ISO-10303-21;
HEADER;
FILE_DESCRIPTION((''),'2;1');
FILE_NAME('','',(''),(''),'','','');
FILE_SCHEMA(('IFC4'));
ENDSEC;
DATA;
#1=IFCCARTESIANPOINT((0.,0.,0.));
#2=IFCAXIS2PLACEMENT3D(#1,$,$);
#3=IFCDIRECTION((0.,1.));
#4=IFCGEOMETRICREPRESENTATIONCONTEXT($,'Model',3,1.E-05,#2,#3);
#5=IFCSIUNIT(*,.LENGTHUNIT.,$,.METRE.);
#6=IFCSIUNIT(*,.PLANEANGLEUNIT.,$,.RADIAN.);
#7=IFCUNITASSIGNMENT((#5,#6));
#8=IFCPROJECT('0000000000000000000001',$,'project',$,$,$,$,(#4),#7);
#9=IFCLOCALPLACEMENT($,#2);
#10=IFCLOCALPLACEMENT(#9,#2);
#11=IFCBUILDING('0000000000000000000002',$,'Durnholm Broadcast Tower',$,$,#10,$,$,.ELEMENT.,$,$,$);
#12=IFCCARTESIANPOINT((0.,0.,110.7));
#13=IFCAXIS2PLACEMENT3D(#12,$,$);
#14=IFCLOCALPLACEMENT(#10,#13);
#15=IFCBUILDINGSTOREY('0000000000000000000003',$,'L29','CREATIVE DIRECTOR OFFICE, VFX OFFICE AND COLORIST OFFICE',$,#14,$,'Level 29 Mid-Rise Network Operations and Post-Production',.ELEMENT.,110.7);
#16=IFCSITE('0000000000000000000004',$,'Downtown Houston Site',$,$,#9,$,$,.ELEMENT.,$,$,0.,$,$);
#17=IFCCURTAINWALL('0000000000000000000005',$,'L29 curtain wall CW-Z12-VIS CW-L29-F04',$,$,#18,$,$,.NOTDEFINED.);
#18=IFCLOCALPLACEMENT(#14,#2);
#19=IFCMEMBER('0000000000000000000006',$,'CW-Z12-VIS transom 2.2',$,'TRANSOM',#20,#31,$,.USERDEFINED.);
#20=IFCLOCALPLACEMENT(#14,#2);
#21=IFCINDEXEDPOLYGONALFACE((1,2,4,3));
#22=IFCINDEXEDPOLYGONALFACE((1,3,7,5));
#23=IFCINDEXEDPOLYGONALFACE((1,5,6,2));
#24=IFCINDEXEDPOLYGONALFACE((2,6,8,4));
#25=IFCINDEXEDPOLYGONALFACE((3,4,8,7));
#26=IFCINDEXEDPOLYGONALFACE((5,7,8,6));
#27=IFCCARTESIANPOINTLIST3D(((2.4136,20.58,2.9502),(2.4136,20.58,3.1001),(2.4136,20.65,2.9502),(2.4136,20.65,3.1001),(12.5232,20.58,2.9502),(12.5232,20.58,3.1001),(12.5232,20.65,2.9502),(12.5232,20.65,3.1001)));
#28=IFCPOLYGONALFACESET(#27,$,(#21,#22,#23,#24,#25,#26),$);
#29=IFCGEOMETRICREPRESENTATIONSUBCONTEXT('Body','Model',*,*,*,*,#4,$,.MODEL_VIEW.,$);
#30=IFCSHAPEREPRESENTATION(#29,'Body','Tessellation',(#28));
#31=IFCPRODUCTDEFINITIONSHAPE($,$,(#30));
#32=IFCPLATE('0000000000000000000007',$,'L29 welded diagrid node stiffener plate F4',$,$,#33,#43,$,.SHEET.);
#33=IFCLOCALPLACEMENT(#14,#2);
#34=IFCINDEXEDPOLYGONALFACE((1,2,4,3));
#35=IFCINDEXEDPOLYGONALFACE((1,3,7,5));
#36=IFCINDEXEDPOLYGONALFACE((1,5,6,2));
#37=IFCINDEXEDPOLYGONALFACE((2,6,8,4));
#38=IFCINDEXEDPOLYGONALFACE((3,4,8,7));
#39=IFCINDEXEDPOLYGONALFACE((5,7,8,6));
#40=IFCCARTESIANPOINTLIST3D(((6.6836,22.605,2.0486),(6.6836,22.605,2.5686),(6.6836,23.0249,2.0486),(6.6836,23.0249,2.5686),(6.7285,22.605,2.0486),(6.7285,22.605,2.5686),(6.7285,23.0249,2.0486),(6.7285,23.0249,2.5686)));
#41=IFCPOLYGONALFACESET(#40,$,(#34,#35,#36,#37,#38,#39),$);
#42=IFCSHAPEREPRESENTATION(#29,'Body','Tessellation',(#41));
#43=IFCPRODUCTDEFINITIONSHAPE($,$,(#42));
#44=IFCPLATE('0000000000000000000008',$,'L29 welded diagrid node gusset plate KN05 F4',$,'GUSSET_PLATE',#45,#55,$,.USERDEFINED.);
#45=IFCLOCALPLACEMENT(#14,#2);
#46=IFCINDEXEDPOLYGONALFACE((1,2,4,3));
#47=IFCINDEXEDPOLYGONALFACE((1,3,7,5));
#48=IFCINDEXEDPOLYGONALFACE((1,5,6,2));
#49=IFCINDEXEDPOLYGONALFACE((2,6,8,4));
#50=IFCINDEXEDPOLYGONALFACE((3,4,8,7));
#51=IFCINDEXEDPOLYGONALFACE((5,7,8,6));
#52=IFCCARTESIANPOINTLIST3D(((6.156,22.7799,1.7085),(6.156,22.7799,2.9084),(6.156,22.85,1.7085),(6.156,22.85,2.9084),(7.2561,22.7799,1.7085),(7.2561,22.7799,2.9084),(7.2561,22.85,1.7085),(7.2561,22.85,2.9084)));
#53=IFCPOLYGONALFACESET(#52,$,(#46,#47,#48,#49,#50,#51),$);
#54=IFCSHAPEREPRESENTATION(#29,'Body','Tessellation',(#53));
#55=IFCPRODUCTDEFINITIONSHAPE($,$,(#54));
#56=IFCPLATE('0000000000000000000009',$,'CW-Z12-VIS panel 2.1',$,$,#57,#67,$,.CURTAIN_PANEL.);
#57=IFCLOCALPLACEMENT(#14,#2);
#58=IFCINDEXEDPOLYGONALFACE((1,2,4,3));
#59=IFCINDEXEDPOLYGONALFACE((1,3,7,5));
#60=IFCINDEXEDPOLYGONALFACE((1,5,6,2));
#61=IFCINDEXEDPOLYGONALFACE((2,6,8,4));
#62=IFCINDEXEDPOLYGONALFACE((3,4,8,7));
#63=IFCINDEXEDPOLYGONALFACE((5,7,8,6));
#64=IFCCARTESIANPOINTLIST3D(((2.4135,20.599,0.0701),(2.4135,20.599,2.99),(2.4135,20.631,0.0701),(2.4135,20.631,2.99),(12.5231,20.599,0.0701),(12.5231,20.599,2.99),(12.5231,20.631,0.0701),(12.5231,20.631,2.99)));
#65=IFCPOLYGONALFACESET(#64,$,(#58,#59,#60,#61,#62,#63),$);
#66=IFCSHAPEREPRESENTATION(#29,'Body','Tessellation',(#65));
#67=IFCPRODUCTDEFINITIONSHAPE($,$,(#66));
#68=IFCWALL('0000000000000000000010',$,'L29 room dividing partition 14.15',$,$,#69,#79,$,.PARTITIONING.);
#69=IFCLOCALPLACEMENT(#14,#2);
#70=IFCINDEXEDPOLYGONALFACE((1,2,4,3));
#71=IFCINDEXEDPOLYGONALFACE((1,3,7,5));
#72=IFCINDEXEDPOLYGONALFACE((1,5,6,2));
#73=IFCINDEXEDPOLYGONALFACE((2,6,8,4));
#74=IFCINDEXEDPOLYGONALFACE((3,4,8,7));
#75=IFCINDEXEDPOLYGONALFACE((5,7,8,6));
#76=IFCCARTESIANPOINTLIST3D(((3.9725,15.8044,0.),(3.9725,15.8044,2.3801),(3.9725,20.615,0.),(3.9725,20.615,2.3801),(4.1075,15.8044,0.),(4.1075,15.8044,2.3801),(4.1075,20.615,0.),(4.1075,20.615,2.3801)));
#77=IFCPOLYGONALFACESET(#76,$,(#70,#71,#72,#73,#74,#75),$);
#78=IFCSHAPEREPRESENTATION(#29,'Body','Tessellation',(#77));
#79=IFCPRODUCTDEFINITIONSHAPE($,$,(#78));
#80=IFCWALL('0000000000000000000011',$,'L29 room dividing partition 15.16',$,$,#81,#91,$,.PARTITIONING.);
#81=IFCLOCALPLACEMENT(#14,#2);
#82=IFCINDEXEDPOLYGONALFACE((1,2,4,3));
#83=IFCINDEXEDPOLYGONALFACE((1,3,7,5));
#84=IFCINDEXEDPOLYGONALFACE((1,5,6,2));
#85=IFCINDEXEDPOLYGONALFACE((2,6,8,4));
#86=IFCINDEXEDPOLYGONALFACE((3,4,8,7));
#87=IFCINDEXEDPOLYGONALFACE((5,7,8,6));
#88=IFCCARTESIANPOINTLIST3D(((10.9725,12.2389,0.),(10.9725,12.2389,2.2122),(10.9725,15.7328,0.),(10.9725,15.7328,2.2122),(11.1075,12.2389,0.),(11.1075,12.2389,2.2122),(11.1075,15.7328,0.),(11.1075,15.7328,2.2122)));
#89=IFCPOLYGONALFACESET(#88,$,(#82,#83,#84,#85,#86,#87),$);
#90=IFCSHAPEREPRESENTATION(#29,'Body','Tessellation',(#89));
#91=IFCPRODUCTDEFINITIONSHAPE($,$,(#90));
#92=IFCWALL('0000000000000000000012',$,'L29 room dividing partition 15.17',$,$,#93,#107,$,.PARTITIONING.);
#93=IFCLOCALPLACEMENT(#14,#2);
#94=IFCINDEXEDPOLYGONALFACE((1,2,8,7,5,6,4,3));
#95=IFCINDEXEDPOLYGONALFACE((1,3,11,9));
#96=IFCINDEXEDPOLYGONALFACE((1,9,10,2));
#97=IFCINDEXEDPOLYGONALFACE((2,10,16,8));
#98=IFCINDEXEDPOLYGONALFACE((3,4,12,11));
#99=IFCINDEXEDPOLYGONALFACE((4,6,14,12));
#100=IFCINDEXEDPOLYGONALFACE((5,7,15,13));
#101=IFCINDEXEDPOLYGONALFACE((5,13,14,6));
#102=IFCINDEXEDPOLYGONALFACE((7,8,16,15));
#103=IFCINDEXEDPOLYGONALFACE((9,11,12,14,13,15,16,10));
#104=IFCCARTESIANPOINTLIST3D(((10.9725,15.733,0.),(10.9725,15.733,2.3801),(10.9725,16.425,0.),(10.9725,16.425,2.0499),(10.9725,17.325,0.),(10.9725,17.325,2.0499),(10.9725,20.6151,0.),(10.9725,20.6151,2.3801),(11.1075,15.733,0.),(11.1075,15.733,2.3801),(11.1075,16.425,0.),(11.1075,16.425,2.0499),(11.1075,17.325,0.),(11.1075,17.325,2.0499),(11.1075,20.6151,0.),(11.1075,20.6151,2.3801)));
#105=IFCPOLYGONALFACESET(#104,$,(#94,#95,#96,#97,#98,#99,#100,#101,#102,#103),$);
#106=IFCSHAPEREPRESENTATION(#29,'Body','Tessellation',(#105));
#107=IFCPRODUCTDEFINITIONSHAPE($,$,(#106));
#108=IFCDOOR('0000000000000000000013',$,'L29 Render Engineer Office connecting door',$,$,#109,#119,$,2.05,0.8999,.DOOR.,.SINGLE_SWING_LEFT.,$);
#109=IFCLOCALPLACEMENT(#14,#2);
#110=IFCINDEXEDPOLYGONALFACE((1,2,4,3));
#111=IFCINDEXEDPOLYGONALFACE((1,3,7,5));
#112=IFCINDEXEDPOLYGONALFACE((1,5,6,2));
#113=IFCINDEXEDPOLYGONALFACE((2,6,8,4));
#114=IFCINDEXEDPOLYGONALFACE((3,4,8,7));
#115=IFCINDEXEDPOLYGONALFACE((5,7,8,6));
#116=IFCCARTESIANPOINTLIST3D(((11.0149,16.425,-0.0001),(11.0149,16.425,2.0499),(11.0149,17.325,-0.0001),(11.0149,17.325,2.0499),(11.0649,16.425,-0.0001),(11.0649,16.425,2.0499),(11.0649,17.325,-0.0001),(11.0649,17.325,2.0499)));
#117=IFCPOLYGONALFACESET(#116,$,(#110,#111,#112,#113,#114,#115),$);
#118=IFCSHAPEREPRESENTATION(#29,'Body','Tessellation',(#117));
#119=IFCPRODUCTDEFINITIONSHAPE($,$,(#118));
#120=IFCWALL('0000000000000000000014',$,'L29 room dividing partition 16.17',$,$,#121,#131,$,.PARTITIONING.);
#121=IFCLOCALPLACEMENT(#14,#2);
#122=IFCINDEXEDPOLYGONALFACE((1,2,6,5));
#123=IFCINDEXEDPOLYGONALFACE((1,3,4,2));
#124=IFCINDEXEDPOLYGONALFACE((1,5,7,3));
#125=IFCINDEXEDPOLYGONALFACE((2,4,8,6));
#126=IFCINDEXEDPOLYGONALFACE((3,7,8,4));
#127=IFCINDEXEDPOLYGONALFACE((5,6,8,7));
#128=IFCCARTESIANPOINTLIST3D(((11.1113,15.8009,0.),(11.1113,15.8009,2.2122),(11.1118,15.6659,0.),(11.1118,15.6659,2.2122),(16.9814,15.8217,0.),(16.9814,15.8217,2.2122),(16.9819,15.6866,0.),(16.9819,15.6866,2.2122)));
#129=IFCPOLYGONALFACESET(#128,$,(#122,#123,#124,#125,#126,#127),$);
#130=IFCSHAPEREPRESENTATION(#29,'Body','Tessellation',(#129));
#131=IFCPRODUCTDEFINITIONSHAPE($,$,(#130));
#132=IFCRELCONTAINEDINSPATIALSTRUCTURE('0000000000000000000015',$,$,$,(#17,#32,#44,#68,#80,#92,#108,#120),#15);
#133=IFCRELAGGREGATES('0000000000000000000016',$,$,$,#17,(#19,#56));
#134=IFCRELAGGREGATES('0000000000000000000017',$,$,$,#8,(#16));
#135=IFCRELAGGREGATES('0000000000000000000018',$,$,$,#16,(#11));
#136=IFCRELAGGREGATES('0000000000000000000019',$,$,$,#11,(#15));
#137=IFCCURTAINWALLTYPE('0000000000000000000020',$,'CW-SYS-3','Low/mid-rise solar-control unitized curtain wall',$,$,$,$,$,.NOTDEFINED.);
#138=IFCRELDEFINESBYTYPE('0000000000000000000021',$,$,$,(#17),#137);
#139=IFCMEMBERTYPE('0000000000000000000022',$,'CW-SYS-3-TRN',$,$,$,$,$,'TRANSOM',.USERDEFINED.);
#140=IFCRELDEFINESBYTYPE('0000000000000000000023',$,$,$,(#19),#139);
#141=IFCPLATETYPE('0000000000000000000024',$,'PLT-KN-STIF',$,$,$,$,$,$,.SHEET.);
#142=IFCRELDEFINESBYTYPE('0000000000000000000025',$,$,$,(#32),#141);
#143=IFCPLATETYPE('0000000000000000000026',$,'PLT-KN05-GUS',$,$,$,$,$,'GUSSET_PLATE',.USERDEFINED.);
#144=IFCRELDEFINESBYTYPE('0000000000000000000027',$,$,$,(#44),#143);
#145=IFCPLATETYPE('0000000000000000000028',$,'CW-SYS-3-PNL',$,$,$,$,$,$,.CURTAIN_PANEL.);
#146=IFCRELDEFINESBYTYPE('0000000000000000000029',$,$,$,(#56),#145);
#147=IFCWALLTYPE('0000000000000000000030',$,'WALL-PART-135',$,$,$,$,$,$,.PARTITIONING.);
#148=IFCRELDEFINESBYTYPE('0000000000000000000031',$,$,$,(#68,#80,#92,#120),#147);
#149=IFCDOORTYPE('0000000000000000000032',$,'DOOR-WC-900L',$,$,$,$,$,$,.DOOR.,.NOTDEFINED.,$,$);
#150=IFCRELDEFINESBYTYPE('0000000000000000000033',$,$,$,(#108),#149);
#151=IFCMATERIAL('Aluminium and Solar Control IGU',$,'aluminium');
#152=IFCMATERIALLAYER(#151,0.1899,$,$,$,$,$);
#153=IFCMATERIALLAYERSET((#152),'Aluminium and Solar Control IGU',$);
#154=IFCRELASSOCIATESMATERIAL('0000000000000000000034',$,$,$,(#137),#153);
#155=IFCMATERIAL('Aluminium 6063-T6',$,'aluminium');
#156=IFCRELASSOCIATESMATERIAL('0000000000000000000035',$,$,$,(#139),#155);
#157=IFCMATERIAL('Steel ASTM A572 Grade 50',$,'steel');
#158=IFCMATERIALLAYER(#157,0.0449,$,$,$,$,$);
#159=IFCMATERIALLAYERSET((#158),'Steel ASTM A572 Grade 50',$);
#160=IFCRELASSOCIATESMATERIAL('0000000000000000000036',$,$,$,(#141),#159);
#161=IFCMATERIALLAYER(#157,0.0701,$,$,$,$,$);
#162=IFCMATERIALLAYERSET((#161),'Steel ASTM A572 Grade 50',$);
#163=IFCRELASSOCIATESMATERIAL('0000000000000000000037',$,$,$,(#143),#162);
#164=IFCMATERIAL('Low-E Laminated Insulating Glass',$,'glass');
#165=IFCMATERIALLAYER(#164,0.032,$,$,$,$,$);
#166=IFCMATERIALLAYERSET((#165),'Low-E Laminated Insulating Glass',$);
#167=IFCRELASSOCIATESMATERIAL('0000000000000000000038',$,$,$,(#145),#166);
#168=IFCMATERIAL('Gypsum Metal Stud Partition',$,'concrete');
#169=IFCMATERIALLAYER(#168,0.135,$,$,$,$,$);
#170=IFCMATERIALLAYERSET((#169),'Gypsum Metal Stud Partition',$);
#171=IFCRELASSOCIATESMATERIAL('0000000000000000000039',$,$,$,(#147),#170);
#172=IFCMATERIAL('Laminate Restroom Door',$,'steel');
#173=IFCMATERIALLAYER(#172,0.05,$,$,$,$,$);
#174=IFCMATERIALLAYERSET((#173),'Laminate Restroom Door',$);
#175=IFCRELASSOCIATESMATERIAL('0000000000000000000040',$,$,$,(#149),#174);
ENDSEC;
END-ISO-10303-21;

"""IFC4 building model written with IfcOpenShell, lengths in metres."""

from ifc_helpers import new_model, si_unit, direction, frame, frame_2d, origin, origin_2d, place, context, subcontext, project, spatial, rectangle, extrude, source, transform, mapped, material, layer, layer_set, material_profile, profile_set, type_object, type_shapes, element, fill, aggregate, save


model = new_model("IFC4")

# Units and contexts
model_context = context("Model", 3, precision=1e-05, world=origin(), true_north=direction((0.0, 1.0)))
body_context = subcontext(model_context, "Body", "Model", "MODEL_VIEW")
ifc_project = project(units=[si_unit("LENGTHUNIT", "METRE"), si_unit("PLANEANGLEUNIT", "RADIAN")], contexts=[model_context])

# Site, building, storey
site_placement = place(None, origin())
site = spatial("IfcSite", under=ifc_project, at=site_placement, Name="Downtown Houston Site", CompositionType="ELEMENT", RefElevation=0.0)
building_placement = place(site_placement, origin())
building = spatial("IfcBuilding", under=site, at=building_placement, Name="Durnholm Broadcast Tower", CompositionType="ELEMENT")
storey_placement = place(building_placement, frame((0.0, 0.0, 110.7)))
storey = spatial("IfcBuildingStorey", under=building, at=storey_placement, Name="L29", Description="CREATIVE DIRECTOR OFFICE, VFX OFFICE AND COLORIST OFFICE", LongName="Level 29 Mid-Rise Network Operations and Post-Production", CompositionType="ELEMENT", Elevation=110.7)

# Shared definitions
ifc_material_1 = material(Name="Aluminium and Solar Control IGU", Category="aluminium")
ifc_material_2 = material(Name="Aluminium 6063-T6", Category="aluminium")

# Curtain wall
ifc_layer_1 = layer(ifc_material_1, 0.1899)
ifc_layer_set_1 = layer_set([ifc_layer_1], Name="Aluminium and Solar Control IGU")
curtain_wall_type_1 = type_object("IfcCurtainWallType", Name="CW-SYS-3", Description="Low/mid-rise solar-control unitized curtain wall", PredefinedType="NOTDEFINED", material=ifc_layer_set_1)
curtain_wall_1_placement = place(storey_placement, origin())
curtain_wall_1 = element("IfcCurtainWall", 1, at=curtain_wall_1_placement, inside=storey, type_object=curtain_wall_type_1, Name="L29 curtain wall CW-Z12-VIS CW-L29-F04", PredefinedType="NOTDEFINED")

# Member
ifc_material_profile_1 = material_profile(ifc_material_2, rectangle(XDim=0.0701, YDim=0.1499, at=origin_2d()), Name="CWT70X150")
ifc_profile_set_1 = profile_set([ifc_material_profile_1], Name="Aluminium 6063-T6")
member_type_1 = type_object("IfcMemberType", Name="CW-SYS-3-TRN", ElementType="TRANSOM", PredefinedType="USERDEFINED", material=ifc_profile_set_1)
shared_shape_1 = source(origin(), body_context, "Body", "SweptSolid", [
    extrude(rectangle(XDim=0.0701, YDim=0.1499, at=origin_2d()), origin(), (0.0, 0.0, 1.0), 10.1096),
])
type_shapes(member_type_1, [shared_shape_1])
member_1_placement = place(storey_placement, frame((2.4136, 20.615, 3.0251), z_axis=(1.0, 0.0, 0.0), x_axis=(0.0, 1.0, 0.0)))
member_1 = element("IfcMember", 2, at=member_1_placement, type_object=member_type_1, Name="CW-Z12-VIS transom 2.2", ObjectType="TRANSOM", PredefinedType="USERDEFINED", context=body_context, shape_type="MappedRepresentation", body=[
    mapped(shared_shape_1, transform((0.0, 0.0, 0.0), x_axis=(1.0, 0.0, 0.0), y_axis=(0.0, 1.0, 0.0), z_axis=(0.0, 0.0, 1.0), scale=1.0)),
])

# Plates
ifc_material_3 = material(Name="Steel ASTM A572 Grade 50", Category="steel")
ifc_layer_2 = layer(ifc_material_3, 0.0449)
ifc_layer_set_2 = layer_set([ifc_layer_2], Name="Steel ASTM A572 Grade 50")
plate_type_1 = type_object("IfcPlateType", Name="PLT-KN-STIF", PredefinedType="SHEET", material=ifc_layer_set_2)
shared_shape_2 = source(origin(), body_context, "Body", "SweptSolid", [
    extrude(rectangle(XDim=0.0449, YDim=0.4199, at=origin_2d()), origin(), (0.0, 0.0, 1.0), 0.52),
])
type_shapes(plate_type_1, [shared_shape_2])
plate_1_placement = place(storey_placement, frame((6.7061, 22.8149, 2.0486), z_axis=(0.0, 0.0, 1.0), x_axis=(-1.0, 0.0, 0.0)))
element("IfcPlate", 3, at=plate_1_placement, inside=storey, type_object=plate_type_1, Name="L29 welded diagrid node stiffener plate F4", PredefinedType="SHEET", context=body_context, shape_type="MappedRepresentation", body=[
    mapped(shared_shape_2, transform((0.0, 0.0, 0.0), x_axis=(1.0, 0.0, 0.0), y_axis=(0.0, 1.0, 0.0), z_axis=(0.0, 0.0, 1.0), scale=1.0)),
])
ifc_layer_3 = layer(ifc_material_3, 0.0701)
ifc_layer_set_3 = layer_set([ifc_layer_3], Name="Steel ASTM A572 Grade 50")
plate_type_2 = type_object("IfcPlateType", Name="PLT-KN05-GUS", ElementType="GUSSET_PLATE", PredefinedType="USERDEFINED", material=ifc_layer_set_3)
shared_shape_3 = source(origin(), body_context, "Body", "SweptSolid", [
    extrude(rectangle(XDim=1.1001, YDim=0.0701, at=origin_2d()), origin(), (0.0, 0.0, 1.0), 1.2),
])
type_shapes(plate_type_2, [shared_shape_3])
plate_2_placement = place(storey_placement, frame((6.7061, 22.8149, 1.7085), z_axis=(0.0, 0.0, 1.0), x_axis=(-1.0, 0.0, 0.0)))
element("IfcPlate", 4, at=plate_2_placement, inside=storey, type_object=plate_type_2, Name="L29 welded diagrid node gusset plate KN05 F4", ObjectType="GUSSET_PLATE", PredefinedType="USERDEFINED", context=body_context, shape_type="MappedRepresentation", body=[
    mapped(shared_shape_3, transform((0.0, 0.0, 0.0), x_axis=(1.0, 0.0, 0.0), y_axis=(0.0, 1.0, 0.0), z_axis=(0.0, 0.0, 1.0), scale=1.0)),
])

# Plate
ifc_material_4 = material(Name="Low-E Laminated Insulating Glass", Category="glass")
ifc_layer_4 = layer(ifc_material_4, 0.032)
ifc_layer_set_4 = layer_set([ifc_layer_4], Name="Low-E Laminated Insulating Glass")
plate_type_3 = type_object("IfcPlateType", Name="CW-SYS-3-PNL", PredefinedType="CURTAIN_PANEL", material=ifc_layer_set_4)
shared_shape_4 = source(origin(), body_context, "Body", "SweptSolid", [
    extrude(rectangle(XDim=10.1096, YDim=0.032, at=origin_2d()), origin(), (0.0, 0.0, 1.0), 2.9199),
])
type_shapes(plate_type_3, [shared_shape_4])
plate_3_placement = place(storey_placement, frame((7.4683, 20.615, 0.0701), z_axis=(0.0, 0.0, 1.0), x_axis=(1.0, 0.0, 0.0)))
plate_3 = element("IfcPlate", 5, at=plate_3_placement, type_object=plate_type_3, Name="CW-Z12-VIS panel 2.1", PredefinedType="CURTAIN_PANEL", context=body_context, shape_type="MappedRepresentation", body=[
    mapped(shared_shape_4, transform((0.0, 0.0, 0.0), x_axis=(1.0, 0.0, 0.0), y_axis=(0.0, 1.0, 0.0), z_axis=(0.0, 0.0, 1.0), scale=1.0)),
])
aggregate(curtain_wall_1, [member_1, plate_3])

# Walls
ifc_material_5 = material(Name="Gypsum Metal Stud Partition", Category="concrete")
ifc_layer_5 = layer(ifc_material_5, 0.135)
ifc_layer_set_5 = layer_set([ifc_layer_5], Name="Gypsum Metal Stud Partition")
wall_type = type_object("IfcWallType", Name="WALL-PART-135", PredefinedType="PARTITIONING", material=ifc_layer_set_5)
wall_1_placement = place(storey_placement, frame((4.04, 20.615, 0.0), z_axis=(0.0, 0.0, 1.0), x_axis=(0.0, -1.0, 0.0)))
element("IfcWall", 6, at=wall_1_placement, inside=storey, type_object=wall_type, Name="L29 room dividing partition 14.15", PredefinedType="PARTITIONING", context=body_context, shape_type="SweptSolid", body=[
    extrude(rectangle(XDim=4.8105, YDim=0.135, at=frame_2d((2.4053, 0.0))), origin(), (0.0, 0.0, 1.0), 2.3801),
])
wall_2_placement = place(storey_placement, frame((11.04, 15.7329, 0.0), z_axis=(0.0, 0.0, 1.0), x_axis=(0.0, -1.0, 0.0)))
element("IfcWall", 7, at=wall_2_placement, inside=storey, type_object=wall_type, Name="L29 room dividing partition 15.16", PredefinedType="PARTITIONING", context=body_context, shape_type="SweptSolid", body=[
    extrude(rectangle(XDim=3.4939, YDim=0.135, at=frame_2d((1.7471, 0.0))), origin(), (0.0, 0.0, 1.0), 2.2122),
])

# Wall, opening, door
wall_3_placement = place(storey_placement, frame((11.04, 20.615, 0.0), z_axis=(0.0, 0.0, 1.0), x_axis=(0.0, -1.0, 0.0)))
wall_3 = element("IfcWall", 8, at=wall_3_placement, inside=storey, type_object=wall_type, Name="L29 room dividing partition 15.17", PredefinedType="PARTITIONING", context=body_context, shape_type="SweptSolid", body=[
    extrude(rectangle(XDim=4.8821, YDim=0.135, at=frame_2d((2.4409, 0.0))), origin(), (0.0, 0.0, 1.0), 2.3801),
])
opening_placement = place(wall_3_placement, frame((3.29, 0.0, 0.0)))
opening = element("IfcOpeningElement", 9, at=opening_placement, cuts=wall_3, PredefinedType="OPENING", context=body_context, shape_type="SweptSolid", body=[
    extrude(rectangle(XDim=0.8999, YDim=2.05, at=frame_2d((0.45, 1.0249))), frame((0.0, 0.0776, 0.0), z_axis=(0.0, -1.0, 0.0), x_axis=(1.0, 0.0, 0.0)), (0.0, 0.0, 1.0), 0.155),
])
ifc_material_6 = material(Name="Laminate Restroom Door", Category="steel")
ifc_layer_6 = layer(ifc_material_6, 0.05)
ifc_layer_set_6 = layer_set([ifc_layer_6], Name="Laminate Restroom Door")
door_type = type_object("IfcDoorType", Name="DOOR-WC-900L", OperationType="NOTDEFINED", PredefinedType="DOOR", material=ifc_layer_set_6)
shared_shape_5 = source(origin(), body_context, "Body", "SweptSolid", [
    extrude(rectangle(XDim=0.8999, YDim=2.05, at=frame_2d((0.45, 1.0249))), frame((0.0, 0.0249, 0.0), z_axis=(0.0, -1.0, 0.0), x_axis=(1.0, 0.0, 0.0)), (0.0, 0.0, 1.0), 0.05),
])
type_shapes(door_type, [shared_shape_5])
door_placement = place(opening_placement, origin())
door = element("IfcDoor", 10, at=door_placement, inside=storey, type_object=door_type, Name="L29 Render Engineer Office connecting door", OperationType="SINGLE_SWING_LEFT", OverallHeight=2.05, OverallWidth=0.8999, PredefinedType="DOOR", context=body_context, shape_type="MappedRepresentation", body=[
    mapped(shared_shape_5, transform((0.0, 0.0, 0.0), x_axis=(1.0, 0.0, 0.0), y_axis=(0.0, 1.0, 0.0), z_axis=(0.0, 0.0, 1.0), scale=1.0)),
])
fill(opening, door)

# Wall
wall_4_placement = place(storey_placement, frame((11.1116, 15.7334, 0.0), z_axis=(0.0, 0.0, 1.0), x_axis=(0.999994, 0.003535, 0.0)))
element("IfcWall", 11, at=wall_4_placement, inside=storey, type_object=wall_type, Name="L29 room dividing partition 16.17", PredefinedType="PARTITIONING", context=body_context, shape_type="SweptSolid", body=[
    extrude(rectangle(XDim=5.8701, YDim=0.135, at=frame_2d((2.9351, 0.0))), origin(), (0.0, 0.0, 1.0), 2.2122),
])

save(model, "model.ifc")
